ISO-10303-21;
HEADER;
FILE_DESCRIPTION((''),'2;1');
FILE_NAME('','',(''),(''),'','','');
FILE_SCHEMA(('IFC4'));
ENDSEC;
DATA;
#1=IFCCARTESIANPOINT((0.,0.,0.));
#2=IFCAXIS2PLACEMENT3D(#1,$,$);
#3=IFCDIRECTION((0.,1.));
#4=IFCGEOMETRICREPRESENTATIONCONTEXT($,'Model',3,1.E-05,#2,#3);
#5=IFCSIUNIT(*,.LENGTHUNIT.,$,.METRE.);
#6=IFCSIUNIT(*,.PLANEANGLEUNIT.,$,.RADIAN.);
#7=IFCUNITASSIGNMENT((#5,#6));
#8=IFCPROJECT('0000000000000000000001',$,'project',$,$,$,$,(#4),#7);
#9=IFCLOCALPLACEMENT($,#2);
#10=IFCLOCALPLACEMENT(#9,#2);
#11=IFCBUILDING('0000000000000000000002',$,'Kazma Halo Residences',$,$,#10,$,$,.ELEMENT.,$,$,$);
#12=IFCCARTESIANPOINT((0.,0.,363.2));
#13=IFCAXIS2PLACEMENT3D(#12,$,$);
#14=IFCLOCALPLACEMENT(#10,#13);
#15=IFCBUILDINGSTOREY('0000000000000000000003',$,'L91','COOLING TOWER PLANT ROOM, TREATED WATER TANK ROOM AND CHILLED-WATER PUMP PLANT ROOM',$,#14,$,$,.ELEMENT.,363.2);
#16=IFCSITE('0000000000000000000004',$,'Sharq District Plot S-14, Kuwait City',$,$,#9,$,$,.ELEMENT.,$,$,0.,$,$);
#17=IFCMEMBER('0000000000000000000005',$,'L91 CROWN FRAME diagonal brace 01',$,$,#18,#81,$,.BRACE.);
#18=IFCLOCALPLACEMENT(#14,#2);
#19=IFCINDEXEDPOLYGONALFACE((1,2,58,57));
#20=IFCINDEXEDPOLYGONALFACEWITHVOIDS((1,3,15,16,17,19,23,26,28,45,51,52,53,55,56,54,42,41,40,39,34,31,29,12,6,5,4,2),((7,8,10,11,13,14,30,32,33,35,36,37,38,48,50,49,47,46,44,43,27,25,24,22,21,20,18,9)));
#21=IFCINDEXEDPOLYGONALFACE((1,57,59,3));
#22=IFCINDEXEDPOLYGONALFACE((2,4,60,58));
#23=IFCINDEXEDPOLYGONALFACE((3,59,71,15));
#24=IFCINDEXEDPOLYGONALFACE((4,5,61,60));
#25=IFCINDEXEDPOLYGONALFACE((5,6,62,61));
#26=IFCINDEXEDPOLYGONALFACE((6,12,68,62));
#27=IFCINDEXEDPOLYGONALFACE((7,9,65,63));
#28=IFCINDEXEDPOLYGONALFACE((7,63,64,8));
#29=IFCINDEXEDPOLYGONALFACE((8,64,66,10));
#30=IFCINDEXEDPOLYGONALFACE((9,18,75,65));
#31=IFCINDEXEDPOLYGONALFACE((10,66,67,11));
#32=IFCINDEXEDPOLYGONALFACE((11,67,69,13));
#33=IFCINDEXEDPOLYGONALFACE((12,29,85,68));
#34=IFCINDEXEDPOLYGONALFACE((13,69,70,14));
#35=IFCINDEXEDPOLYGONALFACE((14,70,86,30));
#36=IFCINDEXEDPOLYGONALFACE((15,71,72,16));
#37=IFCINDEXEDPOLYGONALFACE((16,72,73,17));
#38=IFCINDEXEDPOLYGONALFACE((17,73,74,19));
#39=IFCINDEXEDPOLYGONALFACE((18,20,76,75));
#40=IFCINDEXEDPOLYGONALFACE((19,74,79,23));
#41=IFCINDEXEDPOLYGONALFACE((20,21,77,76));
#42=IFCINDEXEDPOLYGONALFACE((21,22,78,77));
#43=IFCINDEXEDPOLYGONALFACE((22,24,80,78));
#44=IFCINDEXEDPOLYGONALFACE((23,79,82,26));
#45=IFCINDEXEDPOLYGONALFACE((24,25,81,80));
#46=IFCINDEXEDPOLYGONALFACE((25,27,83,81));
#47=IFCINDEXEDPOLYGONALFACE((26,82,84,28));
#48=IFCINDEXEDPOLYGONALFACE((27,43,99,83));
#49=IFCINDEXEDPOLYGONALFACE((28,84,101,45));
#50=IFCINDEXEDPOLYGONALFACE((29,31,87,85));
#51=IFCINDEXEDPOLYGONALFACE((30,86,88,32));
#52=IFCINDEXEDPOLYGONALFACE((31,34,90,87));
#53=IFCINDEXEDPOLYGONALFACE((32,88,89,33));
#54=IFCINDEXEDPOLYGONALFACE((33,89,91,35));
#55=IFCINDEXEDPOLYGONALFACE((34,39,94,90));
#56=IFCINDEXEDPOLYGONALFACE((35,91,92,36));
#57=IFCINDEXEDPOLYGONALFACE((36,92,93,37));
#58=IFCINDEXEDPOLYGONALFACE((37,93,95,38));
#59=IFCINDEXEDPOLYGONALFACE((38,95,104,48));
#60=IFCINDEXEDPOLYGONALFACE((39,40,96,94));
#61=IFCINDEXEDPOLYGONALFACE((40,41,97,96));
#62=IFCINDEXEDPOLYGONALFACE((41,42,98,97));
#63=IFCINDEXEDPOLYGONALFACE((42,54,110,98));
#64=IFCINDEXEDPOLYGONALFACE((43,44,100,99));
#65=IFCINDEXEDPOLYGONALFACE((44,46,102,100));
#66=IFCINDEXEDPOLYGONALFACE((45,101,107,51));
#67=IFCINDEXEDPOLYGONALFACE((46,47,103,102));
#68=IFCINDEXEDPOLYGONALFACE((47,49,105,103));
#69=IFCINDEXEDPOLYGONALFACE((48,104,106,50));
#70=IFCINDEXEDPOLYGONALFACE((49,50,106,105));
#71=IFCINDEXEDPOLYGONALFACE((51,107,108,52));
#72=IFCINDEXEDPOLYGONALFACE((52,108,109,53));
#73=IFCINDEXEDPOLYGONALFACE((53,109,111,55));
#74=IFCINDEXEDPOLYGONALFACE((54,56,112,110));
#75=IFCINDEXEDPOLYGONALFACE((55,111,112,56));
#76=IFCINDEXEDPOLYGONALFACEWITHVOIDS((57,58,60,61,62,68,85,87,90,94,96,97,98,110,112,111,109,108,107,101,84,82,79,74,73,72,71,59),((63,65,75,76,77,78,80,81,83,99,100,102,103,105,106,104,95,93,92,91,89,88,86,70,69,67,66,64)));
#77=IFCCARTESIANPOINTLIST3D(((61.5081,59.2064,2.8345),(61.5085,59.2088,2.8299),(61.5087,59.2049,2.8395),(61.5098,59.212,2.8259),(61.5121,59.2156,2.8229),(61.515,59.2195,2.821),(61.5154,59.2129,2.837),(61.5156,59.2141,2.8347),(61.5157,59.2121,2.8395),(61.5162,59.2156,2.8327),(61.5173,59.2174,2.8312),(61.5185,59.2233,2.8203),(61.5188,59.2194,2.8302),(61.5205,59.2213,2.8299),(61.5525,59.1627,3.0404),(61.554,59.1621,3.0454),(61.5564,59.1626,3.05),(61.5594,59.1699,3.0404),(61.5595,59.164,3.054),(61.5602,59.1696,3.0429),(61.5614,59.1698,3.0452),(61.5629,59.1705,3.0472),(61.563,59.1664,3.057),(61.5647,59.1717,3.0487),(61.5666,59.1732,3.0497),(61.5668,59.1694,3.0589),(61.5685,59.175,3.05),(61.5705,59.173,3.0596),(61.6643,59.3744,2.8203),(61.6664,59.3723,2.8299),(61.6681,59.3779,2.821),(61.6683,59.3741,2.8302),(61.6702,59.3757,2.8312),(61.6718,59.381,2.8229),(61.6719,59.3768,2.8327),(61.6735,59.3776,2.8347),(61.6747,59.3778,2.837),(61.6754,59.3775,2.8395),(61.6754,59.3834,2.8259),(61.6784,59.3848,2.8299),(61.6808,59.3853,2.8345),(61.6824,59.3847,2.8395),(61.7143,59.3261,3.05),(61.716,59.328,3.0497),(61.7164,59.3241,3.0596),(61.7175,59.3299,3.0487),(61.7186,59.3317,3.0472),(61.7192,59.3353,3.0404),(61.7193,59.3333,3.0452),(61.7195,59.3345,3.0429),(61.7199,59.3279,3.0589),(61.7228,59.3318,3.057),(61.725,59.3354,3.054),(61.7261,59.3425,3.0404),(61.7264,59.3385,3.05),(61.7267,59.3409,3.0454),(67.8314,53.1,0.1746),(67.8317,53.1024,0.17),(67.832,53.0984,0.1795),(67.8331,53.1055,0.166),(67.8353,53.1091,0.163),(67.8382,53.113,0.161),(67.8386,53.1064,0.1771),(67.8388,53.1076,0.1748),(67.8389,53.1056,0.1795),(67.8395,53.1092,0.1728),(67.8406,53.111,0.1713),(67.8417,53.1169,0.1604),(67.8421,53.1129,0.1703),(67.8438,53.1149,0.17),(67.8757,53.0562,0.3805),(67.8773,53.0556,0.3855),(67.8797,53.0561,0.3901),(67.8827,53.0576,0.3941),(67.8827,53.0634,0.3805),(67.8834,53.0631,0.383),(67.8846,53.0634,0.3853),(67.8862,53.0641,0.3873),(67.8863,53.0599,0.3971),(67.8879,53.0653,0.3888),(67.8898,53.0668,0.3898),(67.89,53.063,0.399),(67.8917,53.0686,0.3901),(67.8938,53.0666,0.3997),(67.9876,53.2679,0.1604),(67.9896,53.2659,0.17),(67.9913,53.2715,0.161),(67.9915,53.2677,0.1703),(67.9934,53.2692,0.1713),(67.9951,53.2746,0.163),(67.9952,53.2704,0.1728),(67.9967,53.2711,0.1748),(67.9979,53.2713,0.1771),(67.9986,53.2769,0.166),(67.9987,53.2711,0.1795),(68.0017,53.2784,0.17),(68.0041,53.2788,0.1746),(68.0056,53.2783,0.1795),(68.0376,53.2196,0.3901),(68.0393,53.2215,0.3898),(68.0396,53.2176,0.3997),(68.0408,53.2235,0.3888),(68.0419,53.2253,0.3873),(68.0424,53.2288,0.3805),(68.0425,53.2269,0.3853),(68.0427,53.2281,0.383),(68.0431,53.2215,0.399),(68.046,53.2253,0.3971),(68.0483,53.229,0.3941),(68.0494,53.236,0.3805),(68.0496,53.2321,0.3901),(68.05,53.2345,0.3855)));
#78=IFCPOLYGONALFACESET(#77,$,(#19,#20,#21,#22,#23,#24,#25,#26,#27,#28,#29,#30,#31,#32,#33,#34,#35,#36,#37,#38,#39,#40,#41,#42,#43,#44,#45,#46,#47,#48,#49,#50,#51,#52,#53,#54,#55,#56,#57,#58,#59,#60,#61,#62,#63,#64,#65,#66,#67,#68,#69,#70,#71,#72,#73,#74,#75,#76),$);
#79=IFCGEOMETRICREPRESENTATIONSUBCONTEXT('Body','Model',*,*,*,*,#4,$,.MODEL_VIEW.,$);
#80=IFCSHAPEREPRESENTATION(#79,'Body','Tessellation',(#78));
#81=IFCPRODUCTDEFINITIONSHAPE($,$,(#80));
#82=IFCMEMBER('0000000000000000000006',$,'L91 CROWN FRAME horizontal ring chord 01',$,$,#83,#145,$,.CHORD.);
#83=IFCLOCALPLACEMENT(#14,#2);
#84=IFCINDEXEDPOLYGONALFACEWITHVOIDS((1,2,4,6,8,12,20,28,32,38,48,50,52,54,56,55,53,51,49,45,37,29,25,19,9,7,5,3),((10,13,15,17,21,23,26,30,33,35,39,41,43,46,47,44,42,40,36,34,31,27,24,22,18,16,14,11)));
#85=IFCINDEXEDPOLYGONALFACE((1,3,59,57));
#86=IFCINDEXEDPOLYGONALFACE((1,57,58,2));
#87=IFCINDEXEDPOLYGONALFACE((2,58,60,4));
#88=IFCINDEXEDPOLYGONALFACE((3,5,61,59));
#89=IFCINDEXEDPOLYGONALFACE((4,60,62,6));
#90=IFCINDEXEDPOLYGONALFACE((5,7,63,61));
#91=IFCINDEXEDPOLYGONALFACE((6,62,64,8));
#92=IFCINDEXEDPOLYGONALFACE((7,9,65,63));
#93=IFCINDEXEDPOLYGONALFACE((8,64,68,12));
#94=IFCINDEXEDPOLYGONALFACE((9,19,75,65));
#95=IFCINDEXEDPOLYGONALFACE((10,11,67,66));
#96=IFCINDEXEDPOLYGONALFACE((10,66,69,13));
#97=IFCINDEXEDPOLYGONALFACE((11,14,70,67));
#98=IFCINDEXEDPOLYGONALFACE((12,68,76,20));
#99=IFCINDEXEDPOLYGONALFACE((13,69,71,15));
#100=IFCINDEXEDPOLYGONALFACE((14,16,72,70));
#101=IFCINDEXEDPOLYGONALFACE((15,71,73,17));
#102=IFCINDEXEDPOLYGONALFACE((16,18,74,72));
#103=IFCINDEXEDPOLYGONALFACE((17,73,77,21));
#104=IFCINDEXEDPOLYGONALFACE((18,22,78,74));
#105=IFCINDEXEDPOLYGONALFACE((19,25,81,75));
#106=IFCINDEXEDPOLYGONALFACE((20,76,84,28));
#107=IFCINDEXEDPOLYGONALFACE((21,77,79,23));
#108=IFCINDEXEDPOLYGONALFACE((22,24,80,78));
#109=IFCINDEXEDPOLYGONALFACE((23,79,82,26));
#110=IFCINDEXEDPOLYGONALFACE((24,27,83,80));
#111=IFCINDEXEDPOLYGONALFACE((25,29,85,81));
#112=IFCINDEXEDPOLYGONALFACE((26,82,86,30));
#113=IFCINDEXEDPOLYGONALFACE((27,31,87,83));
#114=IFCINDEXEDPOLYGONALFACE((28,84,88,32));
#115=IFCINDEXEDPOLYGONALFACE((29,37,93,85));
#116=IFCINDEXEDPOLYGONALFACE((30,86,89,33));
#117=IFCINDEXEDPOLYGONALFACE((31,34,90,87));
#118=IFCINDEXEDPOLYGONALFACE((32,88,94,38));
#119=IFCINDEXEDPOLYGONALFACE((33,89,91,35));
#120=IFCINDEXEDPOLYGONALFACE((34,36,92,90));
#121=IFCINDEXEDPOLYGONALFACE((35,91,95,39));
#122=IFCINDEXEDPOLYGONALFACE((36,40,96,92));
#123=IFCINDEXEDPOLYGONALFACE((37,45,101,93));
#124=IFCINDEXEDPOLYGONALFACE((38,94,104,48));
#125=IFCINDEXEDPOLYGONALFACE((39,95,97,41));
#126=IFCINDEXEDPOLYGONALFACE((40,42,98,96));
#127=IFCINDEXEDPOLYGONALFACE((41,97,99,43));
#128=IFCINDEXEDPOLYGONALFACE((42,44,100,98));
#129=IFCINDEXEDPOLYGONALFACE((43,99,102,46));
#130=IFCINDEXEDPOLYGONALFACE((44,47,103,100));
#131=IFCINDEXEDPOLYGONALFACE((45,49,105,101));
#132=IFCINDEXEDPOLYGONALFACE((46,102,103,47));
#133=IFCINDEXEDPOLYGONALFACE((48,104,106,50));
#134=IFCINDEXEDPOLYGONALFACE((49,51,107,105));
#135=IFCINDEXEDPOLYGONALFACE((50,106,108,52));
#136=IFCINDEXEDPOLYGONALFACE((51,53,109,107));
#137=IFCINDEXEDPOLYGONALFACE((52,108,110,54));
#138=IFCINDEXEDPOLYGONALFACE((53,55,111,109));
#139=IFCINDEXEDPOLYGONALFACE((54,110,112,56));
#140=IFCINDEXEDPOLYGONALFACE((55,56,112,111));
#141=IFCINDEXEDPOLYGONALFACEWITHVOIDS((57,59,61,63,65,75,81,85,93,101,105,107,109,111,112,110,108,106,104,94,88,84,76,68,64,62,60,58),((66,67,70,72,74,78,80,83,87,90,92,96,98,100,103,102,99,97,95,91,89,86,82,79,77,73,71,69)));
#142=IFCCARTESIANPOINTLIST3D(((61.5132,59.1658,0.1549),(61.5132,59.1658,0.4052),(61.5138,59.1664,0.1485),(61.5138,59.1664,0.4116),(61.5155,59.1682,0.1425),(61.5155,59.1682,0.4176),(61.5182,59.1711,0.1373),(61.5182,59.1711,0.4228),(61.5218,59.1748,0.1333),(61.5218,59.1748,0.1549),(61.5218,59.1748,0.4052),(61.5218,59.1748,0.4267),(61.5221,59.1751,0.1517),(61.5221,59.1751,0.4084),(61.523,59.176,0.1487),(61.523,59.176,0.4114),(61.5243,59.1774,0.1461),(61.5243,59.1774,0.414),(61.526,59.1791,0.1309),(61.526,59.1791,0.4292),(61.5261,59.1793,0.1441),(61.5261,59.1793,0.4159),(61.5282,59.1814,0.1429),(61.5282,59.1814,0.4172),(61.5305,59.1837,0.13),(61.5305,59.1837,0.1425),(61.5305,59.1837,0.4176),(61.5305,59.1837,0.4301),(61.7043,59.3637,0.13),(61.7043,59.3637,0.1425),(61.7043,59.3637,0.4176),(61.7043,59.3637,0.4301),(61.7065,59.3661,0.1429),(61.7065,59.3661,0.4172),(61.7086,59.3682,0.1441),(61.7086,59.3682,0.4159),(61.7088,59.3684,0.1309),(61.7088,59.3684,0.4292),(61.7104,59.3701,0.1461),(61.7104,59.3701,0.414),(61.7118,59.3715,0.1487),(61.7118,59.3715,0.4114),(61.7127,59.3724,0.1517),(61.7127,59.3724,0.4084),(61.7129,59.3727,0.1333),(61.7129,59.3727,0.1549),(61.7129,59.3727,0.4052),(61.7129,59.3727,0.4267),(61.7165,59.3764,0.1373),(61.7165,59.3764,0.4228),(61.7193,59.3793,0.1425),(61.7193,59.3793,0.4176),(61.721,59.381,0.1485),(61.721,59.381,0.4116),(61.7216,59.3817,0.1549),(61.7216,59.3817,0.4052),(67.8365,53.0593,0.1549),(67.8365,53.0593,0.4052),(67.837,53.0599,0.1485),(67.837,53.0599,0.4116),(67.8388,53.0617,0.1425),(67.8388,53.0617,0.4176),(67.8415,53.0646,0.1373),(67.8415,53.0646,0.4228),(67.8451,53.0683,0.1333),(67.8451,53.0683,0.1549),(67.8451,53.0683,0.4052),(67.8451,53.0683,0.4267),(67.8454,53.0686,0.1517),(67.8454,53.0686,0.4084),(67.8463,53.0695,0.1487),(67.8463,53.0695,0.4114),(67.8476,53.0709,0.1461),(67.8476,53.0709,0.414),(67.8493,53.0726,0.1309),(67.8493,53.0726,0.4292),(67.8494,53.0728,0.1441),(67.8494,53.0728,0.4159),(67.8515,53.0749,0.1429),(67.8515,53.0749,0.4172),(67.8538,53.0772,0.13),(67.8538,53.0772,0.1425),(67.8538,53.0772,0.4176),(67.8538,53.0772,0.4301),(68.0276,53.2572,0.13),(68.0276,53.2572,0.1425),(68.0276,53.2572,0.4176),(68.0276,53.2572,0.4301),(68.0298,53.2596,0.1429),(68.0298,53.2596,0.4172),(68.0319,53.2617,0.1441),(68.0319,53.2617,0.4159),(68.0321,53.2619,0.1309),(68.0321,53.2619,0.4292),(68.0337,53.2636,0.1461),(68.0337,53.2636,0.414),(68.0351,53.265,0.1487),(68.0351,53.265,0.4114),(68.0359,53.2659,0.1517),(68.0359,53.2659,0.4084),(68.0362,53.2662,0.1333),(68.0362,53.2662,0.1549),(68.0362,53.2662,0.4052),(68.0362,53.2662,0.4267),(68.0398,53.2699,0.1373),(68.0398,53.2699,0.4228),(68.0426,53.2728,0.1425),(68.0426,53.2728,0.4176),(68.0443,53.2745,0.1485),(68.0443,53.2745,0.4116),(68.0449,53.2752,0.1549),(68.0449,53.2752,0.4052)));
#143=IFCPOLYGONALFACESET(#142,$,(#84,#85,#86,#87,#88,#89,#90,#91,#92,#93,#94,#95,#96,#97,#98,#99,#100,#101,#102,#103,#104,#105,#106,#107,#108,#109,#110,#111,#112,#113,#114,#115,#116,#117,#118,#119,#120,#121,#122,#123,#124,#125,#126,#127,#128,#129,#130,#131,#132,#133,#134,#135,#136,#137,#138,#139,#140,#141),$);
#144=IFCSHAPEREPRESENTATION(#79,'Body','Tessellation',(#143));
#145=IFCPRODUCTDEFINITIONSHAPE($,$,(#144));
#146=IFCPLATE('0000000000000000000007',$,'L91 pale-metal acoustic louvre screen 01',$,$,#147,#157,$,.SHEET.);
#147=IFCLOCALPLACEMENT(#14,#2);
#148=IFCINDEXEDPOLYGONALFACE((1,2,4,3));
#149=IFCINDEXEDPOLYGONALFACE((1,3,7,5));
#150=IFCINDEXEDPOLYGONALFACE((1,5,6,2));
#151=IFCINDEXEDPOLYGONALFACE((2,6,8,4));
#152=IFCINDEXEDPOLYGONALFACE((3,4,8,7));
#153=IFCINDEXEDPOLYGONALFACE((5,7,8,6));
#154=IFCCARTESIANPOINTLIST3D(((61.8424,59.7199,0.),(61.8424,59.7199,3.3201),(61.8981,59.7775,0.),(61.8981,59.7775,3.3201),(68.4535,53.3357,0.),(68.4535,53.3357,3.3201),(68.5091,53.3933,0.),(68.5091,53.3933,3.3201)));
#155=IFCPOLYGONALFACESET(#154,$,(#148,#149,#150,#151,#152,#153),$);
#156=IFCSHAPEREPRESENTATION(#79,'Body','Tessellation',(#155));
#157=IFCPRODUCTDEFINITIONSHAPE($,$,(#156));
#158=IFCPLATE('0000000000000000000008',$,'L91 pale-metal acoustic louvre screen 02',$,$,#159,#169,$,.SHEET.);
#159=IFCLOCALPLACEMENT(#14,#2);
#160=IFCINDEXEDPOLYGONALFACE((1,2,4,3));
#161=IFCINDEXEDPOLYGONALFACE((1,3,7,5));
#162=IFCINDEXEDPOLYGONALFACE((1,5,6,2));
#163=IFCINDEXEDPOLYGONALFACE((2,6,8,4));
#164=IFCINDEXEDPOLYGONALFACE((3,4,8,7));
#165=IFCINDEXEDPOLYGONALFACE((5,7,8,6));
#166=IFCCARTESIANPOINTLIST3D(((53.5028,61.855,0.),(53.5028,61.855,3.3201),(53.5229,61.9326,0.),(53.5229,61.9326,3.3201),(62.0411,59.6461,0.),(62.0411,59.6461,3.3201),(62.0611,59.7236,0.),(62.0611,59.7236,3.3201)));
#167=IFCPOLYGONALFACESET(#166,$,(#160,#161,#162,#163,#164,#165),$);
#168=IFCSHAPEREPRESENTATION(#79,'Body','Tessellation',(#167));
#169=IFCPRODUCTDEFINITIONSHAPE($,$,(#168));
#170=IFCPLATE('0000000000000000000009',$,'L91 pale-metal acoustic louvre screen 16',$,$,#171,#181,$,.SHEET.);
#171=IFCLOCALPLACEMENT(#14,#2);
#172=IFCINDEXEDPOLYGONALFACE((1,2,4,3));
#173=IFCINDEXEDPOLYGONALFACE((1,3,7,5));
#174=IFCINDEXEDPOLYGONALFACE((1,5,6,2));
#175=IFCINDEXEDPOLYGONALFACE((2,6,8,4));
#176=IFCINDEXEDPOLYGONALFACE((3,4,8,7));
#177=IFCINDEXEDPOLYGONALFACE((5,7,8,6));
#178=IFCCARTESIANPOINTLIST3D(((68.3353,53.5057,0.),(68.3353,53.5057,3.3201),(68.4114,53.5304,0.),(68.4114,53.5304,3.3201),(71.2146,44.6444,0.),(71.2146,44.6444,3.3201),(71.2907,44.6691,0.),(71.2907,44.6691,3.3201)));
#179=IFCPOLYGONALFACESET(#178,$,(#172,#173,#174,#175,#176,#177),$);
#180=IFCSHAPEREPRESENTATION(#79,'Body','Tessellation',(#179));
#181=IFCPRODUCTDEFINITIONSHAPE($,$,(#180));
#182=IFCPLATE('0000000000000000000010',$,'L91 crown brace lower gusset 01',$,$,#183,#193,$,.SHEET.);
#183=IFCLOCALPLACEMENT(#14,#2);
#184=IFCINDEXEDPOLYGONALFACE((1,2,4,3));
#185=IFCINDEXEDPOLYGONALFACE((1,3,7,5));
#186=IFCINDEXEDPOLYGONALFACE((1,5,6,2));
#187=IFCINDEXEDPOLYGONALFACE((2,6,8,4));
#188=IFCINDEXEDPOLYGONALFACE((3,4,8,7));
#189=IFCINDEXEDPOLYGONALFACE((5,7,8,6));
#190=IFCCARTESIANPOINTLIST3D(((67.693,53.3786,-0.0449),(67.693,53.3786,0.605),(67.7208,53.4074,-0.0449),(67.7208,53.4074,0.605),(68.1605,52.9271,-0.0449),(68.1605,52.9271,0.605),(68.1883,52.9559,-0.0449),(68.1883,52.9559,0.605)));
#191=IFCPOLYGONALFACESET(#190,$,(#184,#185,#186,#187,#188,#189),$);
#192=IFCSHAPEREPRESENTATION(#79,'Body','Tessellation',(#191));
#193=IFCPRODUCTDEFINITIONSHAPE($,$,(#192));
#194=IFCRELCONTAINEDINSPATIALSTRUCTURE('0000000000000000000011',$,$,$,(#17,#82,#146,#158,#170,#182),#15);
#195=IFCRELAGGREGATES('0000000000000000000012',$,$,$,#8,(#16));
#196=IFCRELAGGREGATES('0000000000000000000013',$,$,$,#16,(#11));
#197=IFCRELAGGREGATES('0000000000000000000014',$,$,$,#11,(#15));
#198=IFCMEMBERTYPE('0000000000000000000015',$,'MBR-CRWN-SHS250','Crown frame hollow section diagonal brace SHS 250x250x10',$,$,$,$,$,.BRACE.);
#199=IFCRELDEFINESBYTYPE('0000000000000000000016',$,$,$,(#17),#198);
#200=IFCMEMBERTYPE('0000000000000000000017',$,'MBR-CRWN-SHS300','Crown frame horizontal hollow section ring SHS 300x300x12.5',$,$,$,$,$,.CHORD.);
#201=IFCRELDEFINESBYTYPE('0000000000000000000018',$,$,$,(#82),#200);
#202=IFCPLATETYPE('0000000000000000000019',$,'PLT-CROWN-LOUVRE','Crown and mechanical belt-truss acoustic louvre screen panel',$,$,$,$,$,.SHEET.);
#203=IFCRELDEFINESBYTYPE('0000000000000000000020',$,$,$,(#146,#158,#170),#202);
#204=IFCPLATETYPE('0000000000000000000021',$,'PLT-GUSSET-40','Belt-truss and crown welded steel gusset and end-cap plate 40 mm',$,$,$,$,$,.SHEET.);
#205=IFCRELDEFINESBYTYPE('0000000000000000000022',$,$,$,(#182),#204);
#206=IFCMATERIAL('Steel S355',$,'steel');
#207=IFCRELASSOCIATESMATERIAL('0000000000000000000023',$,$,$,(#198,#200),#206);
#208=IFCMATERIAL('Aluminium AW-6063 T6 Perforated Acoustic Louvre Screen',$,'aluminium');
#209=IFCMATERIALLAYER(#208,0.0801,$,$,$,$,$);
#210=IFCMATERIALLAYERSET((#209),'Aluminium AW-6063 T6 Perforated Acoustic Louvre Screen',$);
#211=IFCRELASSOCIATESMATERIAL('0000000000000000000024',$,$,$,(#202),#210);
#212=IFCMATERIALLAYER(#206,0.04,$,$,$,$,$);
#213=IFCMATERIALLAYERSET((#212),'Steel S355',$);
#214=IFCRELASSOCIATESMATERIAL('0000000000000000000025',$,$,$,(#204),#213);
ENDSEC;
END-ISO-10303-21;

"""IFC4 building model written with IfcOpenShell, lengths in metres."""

from ifc_helpers import new_model, si_unit, direction, frame, origin, origin_2d, place, context, subcontext, project, spatial, rectangle, hollow_rectangle, extrude, material, layer, layer_set, material_profile, profile_set, type_object, element, save


model = new_model("IFC4")

# Units and contexts
model_context = context("Model", 3, precision=1e-05, world=origin(), true_north=direction((0.0, 1.0)))
body_context = subcontext(model_context, "Body", "Model", "MODEL_VIEW")
ifc_project = project(units=[si_unit("LENGTHUNIT", "METRE"), si_unit("PLANEANGLEUNIT", "RADIAN")], contexts=[model_context])

# Site, building, storey
site_placement = place(None, origin())
site = spatial("IfcSite", under=ifc_project, at=site_placement, Name="Sharq District Plot S-14, Kuwait City", CompositionType="ELEMENT", RefElevation=0.0)
building_placement = place(site_placement, origin())
building = spatial("IfcBuilding", under=site, at=building_placement, Name="Kazma Halo Residences", CompositionType="ELEMENT")
storey_placement = place(building_placement, frame((0.0, 0.0, 363.2)))
storey = spatial("IfcBuildingStorey", under=building, at=storey_placement, Name="L91", Description="COOLING TOWER PLANT ROOM, TREATED WATER TANK ROOM AND CHILLED-WATER PUMP PLANT ROOM", CompositionType="ELEMENT", Elevation=363.2)

# Shared definitions
ifc_material_1 = material(Name="Steel S355", Category="steel")

# Members
ifc_material_profile_1 = material_profile(ifc_material_1, hollow_rectangle(XDim=0.25, YDim=0.25, WallThickness=0.01, InnerFilletRadius=0.01, OuterFilletRadius=0.02, at=origin_2d()), Name="SHS250x250x10")
ifc_profile_set_1 = profile_set([ifc_material_profile_1], Name="Steel S355")
member_type_1 = type_object("IfcMemberType", Name="MBR-CRWN-SHS250", Description="Crown frame hollow section diagonal brace SHS 250x250x10", PredefinedType="BRACE", material=ifc_profile_set_1)
member_1_placement = place(storey_placement, frame((67.9407, 53.1672, 0.28), z_axis=(-0.688501, 0.664895, 0.289622), x_axis=(-0.694668, -0.719331, 0.0)))
element("IfcMember", 1, at=member_1_placement, inside=storey, type_object=member_type_1, Name="L91 CROWN FRAME diagonal brace 01", PredefinedType="BRACE", context=body_context, shape_type="SweptSolid", body=[
    extrude(hollow_rectangle(XDim=0.25, YDim=0.25, WallThickness=0.01, InnerFilletRadius=0.01, OuterFilletRadius=0.02, at=origin_2d()), origin(), (0.0, 0.0, 1.0), 9.1841),
])
ifc_material_profile_2 = material_profile(ifc_material_1, hollow_rectangle(XDim=0.3, YDim=0.3, WallThickness=0.0125, InnerFilletRadius=0.0125, OuterFilletRadius=0.0249, at=origin_2d()), Name="SHS300x300x12.5")
ifc_profile_set_2 = profile_set([ifc_material_profile_2], Name="Steel S355")
member_type_2 = type_object("IfcMemberType", Name="MBR-CRWN-SHS300", Description="Crown frame horizontal hollow section ring SHS 300x300x12.5", PredefinedType="CHORD", material=ifc_profile_set_2)
member_2_placement = place(storey_placement, frame((67.9407, 53.1672, 0.28), z_axis=(-0.719331, 0.694668, 0.0), x_axis=(-0.694668, -0.719331, 0.0)))
element("IfcMember", 2, at=member_2_placement, inside=storey, type_object=member_type_2, Name="L91 CROWN FRAME horizontal ring chord 01", PredefinedType="CHORD", context=body_context, shape_type="SweptSolid", body=[
    extrude(hollow_rectangle(XDim=0.3, YDim=0.3, WallThickness=0.0125, InnerFilletRadius=0.0125, OuterFilletRadius=0.0249, at=origin_2d()), origin(), (0.0, 0.0, 1.0), 8.7905),
])

# Plates
ifc_material_2 = material(Name="Aluminium AW-6063 T6 Perforated Acoustic Louvre Screen", Category="aluminium")
ifc_layer_1 = layer(ifc_material_2, 0.0801)
ifc_layer_set_1 = layer_set([ifc_layer_1], Name="Aluminium AW-6063 T6 Perforated Acoustic Louvre Screen")
plate_type_1 = type_object("IfcPlateType", Name="PLT-CROWN-LOUVRE", Description="Crown and mechanical belt-truss acoustic louvre screen panel", PredefinedType="SHEET", material=ifc_layer_set_1)
plate_1_placement = place(storey_placement, frame((65.1758, 56.5566, 0.0), z_axis=(0.0, 0.0, 1.0), x_axis=(-0.719342, 0.694656, 0.0)))
element("IfcPlate", 3, at=plate_1_placement, inside=storey, type_object=plate_type_1, Name="L91 pale-metal acoustic louvre screen 01", PredefinedType="SHEET", context=body_context, shape_type="SweptSolid", body=[
    extrude(rectangle(XDim=9.1904, YDim=0.0801, at=origin_2d()), origin(), (0.0, 0.0, 1.0), 3.3201),
])
plate_2_placement = place(storey_placement, frame((57.782, 60.7893, 0.0), z_axis=(0.0, 0.0, 1.0), x_axis=(-0.968124, 0.25047, 0.0)))
element("IfcPlate", 4, at=plate_2_placement, inside=storey, type_object=plate_type_1, Name="L91 pale-metal acoustic louvre screen 02", PredefinedType="SHEET", context=body_context, shape_type="SweptSolid", body=[
    extrude(rectangle(XDim=8.8193, YDim=0.0801, at=origin_2d()), origin(), (0.0, 0.0, 1.0), 3.3201),
])
plate_3_placement = place(storey_placement, frame((69.813, 49.0874, 0.0), z_axis=(0.0, 0.0, 1.0), x_axis=(-0.309023, 0.951055, 0.0)))
element("IfcPlate", 5, at=plate_3_placement, inside=storey, type_object=plate_type_1, Name="L91 pale-metal acoustic louvre screen 16", PredefinedType="SHEET", context=body_context, shape_type="SweptSolid", body=[
    extrude(rectangle(XDim=9.3174, YDim=0.0801, at=origin_2d()), origin(), (0.0, 0.0, 1.0), 3.3201),
])
ifc_layer_2 = layer(ifc_material_1, 0.04)
ifc_layer_set_2 = layer_set([ifc_layer_2], Name="Steel S355")
plate_type_2 = type_object("IfcPlateType", Name="PLT-GUSSET-40", Description="Belt-truss and crown welded steel gusset and end-cap plate 40 mm", PredefinedType="SHEET", material=ifc_layer_set_2)
for number, where, z_axis, x_axis, name in (
    (6, (67.9407, 53.1672, -0.0449), (0.0, 0.0, 1.0), (-0.719342, 0.694656, 0.0), "L91 crown brace lower gusset 01"),
):
    element("IfcPlate", number, at=place(storey_placement, frame(where, z_axis=z_axis, x_axis=x_axis)), inside=storey, type_object=plate_type_2, Name=name, PredefinedType="SHEET", context=body_context, shape_type="SweptSolid", body=[
        extrude(rectangle(XDim=0.6499, YDim=0.04, at=origin_2d()), origin(), (0.0, 0.0, 1.0), 0.6499),
    ])

save(model, "model.ifc")
